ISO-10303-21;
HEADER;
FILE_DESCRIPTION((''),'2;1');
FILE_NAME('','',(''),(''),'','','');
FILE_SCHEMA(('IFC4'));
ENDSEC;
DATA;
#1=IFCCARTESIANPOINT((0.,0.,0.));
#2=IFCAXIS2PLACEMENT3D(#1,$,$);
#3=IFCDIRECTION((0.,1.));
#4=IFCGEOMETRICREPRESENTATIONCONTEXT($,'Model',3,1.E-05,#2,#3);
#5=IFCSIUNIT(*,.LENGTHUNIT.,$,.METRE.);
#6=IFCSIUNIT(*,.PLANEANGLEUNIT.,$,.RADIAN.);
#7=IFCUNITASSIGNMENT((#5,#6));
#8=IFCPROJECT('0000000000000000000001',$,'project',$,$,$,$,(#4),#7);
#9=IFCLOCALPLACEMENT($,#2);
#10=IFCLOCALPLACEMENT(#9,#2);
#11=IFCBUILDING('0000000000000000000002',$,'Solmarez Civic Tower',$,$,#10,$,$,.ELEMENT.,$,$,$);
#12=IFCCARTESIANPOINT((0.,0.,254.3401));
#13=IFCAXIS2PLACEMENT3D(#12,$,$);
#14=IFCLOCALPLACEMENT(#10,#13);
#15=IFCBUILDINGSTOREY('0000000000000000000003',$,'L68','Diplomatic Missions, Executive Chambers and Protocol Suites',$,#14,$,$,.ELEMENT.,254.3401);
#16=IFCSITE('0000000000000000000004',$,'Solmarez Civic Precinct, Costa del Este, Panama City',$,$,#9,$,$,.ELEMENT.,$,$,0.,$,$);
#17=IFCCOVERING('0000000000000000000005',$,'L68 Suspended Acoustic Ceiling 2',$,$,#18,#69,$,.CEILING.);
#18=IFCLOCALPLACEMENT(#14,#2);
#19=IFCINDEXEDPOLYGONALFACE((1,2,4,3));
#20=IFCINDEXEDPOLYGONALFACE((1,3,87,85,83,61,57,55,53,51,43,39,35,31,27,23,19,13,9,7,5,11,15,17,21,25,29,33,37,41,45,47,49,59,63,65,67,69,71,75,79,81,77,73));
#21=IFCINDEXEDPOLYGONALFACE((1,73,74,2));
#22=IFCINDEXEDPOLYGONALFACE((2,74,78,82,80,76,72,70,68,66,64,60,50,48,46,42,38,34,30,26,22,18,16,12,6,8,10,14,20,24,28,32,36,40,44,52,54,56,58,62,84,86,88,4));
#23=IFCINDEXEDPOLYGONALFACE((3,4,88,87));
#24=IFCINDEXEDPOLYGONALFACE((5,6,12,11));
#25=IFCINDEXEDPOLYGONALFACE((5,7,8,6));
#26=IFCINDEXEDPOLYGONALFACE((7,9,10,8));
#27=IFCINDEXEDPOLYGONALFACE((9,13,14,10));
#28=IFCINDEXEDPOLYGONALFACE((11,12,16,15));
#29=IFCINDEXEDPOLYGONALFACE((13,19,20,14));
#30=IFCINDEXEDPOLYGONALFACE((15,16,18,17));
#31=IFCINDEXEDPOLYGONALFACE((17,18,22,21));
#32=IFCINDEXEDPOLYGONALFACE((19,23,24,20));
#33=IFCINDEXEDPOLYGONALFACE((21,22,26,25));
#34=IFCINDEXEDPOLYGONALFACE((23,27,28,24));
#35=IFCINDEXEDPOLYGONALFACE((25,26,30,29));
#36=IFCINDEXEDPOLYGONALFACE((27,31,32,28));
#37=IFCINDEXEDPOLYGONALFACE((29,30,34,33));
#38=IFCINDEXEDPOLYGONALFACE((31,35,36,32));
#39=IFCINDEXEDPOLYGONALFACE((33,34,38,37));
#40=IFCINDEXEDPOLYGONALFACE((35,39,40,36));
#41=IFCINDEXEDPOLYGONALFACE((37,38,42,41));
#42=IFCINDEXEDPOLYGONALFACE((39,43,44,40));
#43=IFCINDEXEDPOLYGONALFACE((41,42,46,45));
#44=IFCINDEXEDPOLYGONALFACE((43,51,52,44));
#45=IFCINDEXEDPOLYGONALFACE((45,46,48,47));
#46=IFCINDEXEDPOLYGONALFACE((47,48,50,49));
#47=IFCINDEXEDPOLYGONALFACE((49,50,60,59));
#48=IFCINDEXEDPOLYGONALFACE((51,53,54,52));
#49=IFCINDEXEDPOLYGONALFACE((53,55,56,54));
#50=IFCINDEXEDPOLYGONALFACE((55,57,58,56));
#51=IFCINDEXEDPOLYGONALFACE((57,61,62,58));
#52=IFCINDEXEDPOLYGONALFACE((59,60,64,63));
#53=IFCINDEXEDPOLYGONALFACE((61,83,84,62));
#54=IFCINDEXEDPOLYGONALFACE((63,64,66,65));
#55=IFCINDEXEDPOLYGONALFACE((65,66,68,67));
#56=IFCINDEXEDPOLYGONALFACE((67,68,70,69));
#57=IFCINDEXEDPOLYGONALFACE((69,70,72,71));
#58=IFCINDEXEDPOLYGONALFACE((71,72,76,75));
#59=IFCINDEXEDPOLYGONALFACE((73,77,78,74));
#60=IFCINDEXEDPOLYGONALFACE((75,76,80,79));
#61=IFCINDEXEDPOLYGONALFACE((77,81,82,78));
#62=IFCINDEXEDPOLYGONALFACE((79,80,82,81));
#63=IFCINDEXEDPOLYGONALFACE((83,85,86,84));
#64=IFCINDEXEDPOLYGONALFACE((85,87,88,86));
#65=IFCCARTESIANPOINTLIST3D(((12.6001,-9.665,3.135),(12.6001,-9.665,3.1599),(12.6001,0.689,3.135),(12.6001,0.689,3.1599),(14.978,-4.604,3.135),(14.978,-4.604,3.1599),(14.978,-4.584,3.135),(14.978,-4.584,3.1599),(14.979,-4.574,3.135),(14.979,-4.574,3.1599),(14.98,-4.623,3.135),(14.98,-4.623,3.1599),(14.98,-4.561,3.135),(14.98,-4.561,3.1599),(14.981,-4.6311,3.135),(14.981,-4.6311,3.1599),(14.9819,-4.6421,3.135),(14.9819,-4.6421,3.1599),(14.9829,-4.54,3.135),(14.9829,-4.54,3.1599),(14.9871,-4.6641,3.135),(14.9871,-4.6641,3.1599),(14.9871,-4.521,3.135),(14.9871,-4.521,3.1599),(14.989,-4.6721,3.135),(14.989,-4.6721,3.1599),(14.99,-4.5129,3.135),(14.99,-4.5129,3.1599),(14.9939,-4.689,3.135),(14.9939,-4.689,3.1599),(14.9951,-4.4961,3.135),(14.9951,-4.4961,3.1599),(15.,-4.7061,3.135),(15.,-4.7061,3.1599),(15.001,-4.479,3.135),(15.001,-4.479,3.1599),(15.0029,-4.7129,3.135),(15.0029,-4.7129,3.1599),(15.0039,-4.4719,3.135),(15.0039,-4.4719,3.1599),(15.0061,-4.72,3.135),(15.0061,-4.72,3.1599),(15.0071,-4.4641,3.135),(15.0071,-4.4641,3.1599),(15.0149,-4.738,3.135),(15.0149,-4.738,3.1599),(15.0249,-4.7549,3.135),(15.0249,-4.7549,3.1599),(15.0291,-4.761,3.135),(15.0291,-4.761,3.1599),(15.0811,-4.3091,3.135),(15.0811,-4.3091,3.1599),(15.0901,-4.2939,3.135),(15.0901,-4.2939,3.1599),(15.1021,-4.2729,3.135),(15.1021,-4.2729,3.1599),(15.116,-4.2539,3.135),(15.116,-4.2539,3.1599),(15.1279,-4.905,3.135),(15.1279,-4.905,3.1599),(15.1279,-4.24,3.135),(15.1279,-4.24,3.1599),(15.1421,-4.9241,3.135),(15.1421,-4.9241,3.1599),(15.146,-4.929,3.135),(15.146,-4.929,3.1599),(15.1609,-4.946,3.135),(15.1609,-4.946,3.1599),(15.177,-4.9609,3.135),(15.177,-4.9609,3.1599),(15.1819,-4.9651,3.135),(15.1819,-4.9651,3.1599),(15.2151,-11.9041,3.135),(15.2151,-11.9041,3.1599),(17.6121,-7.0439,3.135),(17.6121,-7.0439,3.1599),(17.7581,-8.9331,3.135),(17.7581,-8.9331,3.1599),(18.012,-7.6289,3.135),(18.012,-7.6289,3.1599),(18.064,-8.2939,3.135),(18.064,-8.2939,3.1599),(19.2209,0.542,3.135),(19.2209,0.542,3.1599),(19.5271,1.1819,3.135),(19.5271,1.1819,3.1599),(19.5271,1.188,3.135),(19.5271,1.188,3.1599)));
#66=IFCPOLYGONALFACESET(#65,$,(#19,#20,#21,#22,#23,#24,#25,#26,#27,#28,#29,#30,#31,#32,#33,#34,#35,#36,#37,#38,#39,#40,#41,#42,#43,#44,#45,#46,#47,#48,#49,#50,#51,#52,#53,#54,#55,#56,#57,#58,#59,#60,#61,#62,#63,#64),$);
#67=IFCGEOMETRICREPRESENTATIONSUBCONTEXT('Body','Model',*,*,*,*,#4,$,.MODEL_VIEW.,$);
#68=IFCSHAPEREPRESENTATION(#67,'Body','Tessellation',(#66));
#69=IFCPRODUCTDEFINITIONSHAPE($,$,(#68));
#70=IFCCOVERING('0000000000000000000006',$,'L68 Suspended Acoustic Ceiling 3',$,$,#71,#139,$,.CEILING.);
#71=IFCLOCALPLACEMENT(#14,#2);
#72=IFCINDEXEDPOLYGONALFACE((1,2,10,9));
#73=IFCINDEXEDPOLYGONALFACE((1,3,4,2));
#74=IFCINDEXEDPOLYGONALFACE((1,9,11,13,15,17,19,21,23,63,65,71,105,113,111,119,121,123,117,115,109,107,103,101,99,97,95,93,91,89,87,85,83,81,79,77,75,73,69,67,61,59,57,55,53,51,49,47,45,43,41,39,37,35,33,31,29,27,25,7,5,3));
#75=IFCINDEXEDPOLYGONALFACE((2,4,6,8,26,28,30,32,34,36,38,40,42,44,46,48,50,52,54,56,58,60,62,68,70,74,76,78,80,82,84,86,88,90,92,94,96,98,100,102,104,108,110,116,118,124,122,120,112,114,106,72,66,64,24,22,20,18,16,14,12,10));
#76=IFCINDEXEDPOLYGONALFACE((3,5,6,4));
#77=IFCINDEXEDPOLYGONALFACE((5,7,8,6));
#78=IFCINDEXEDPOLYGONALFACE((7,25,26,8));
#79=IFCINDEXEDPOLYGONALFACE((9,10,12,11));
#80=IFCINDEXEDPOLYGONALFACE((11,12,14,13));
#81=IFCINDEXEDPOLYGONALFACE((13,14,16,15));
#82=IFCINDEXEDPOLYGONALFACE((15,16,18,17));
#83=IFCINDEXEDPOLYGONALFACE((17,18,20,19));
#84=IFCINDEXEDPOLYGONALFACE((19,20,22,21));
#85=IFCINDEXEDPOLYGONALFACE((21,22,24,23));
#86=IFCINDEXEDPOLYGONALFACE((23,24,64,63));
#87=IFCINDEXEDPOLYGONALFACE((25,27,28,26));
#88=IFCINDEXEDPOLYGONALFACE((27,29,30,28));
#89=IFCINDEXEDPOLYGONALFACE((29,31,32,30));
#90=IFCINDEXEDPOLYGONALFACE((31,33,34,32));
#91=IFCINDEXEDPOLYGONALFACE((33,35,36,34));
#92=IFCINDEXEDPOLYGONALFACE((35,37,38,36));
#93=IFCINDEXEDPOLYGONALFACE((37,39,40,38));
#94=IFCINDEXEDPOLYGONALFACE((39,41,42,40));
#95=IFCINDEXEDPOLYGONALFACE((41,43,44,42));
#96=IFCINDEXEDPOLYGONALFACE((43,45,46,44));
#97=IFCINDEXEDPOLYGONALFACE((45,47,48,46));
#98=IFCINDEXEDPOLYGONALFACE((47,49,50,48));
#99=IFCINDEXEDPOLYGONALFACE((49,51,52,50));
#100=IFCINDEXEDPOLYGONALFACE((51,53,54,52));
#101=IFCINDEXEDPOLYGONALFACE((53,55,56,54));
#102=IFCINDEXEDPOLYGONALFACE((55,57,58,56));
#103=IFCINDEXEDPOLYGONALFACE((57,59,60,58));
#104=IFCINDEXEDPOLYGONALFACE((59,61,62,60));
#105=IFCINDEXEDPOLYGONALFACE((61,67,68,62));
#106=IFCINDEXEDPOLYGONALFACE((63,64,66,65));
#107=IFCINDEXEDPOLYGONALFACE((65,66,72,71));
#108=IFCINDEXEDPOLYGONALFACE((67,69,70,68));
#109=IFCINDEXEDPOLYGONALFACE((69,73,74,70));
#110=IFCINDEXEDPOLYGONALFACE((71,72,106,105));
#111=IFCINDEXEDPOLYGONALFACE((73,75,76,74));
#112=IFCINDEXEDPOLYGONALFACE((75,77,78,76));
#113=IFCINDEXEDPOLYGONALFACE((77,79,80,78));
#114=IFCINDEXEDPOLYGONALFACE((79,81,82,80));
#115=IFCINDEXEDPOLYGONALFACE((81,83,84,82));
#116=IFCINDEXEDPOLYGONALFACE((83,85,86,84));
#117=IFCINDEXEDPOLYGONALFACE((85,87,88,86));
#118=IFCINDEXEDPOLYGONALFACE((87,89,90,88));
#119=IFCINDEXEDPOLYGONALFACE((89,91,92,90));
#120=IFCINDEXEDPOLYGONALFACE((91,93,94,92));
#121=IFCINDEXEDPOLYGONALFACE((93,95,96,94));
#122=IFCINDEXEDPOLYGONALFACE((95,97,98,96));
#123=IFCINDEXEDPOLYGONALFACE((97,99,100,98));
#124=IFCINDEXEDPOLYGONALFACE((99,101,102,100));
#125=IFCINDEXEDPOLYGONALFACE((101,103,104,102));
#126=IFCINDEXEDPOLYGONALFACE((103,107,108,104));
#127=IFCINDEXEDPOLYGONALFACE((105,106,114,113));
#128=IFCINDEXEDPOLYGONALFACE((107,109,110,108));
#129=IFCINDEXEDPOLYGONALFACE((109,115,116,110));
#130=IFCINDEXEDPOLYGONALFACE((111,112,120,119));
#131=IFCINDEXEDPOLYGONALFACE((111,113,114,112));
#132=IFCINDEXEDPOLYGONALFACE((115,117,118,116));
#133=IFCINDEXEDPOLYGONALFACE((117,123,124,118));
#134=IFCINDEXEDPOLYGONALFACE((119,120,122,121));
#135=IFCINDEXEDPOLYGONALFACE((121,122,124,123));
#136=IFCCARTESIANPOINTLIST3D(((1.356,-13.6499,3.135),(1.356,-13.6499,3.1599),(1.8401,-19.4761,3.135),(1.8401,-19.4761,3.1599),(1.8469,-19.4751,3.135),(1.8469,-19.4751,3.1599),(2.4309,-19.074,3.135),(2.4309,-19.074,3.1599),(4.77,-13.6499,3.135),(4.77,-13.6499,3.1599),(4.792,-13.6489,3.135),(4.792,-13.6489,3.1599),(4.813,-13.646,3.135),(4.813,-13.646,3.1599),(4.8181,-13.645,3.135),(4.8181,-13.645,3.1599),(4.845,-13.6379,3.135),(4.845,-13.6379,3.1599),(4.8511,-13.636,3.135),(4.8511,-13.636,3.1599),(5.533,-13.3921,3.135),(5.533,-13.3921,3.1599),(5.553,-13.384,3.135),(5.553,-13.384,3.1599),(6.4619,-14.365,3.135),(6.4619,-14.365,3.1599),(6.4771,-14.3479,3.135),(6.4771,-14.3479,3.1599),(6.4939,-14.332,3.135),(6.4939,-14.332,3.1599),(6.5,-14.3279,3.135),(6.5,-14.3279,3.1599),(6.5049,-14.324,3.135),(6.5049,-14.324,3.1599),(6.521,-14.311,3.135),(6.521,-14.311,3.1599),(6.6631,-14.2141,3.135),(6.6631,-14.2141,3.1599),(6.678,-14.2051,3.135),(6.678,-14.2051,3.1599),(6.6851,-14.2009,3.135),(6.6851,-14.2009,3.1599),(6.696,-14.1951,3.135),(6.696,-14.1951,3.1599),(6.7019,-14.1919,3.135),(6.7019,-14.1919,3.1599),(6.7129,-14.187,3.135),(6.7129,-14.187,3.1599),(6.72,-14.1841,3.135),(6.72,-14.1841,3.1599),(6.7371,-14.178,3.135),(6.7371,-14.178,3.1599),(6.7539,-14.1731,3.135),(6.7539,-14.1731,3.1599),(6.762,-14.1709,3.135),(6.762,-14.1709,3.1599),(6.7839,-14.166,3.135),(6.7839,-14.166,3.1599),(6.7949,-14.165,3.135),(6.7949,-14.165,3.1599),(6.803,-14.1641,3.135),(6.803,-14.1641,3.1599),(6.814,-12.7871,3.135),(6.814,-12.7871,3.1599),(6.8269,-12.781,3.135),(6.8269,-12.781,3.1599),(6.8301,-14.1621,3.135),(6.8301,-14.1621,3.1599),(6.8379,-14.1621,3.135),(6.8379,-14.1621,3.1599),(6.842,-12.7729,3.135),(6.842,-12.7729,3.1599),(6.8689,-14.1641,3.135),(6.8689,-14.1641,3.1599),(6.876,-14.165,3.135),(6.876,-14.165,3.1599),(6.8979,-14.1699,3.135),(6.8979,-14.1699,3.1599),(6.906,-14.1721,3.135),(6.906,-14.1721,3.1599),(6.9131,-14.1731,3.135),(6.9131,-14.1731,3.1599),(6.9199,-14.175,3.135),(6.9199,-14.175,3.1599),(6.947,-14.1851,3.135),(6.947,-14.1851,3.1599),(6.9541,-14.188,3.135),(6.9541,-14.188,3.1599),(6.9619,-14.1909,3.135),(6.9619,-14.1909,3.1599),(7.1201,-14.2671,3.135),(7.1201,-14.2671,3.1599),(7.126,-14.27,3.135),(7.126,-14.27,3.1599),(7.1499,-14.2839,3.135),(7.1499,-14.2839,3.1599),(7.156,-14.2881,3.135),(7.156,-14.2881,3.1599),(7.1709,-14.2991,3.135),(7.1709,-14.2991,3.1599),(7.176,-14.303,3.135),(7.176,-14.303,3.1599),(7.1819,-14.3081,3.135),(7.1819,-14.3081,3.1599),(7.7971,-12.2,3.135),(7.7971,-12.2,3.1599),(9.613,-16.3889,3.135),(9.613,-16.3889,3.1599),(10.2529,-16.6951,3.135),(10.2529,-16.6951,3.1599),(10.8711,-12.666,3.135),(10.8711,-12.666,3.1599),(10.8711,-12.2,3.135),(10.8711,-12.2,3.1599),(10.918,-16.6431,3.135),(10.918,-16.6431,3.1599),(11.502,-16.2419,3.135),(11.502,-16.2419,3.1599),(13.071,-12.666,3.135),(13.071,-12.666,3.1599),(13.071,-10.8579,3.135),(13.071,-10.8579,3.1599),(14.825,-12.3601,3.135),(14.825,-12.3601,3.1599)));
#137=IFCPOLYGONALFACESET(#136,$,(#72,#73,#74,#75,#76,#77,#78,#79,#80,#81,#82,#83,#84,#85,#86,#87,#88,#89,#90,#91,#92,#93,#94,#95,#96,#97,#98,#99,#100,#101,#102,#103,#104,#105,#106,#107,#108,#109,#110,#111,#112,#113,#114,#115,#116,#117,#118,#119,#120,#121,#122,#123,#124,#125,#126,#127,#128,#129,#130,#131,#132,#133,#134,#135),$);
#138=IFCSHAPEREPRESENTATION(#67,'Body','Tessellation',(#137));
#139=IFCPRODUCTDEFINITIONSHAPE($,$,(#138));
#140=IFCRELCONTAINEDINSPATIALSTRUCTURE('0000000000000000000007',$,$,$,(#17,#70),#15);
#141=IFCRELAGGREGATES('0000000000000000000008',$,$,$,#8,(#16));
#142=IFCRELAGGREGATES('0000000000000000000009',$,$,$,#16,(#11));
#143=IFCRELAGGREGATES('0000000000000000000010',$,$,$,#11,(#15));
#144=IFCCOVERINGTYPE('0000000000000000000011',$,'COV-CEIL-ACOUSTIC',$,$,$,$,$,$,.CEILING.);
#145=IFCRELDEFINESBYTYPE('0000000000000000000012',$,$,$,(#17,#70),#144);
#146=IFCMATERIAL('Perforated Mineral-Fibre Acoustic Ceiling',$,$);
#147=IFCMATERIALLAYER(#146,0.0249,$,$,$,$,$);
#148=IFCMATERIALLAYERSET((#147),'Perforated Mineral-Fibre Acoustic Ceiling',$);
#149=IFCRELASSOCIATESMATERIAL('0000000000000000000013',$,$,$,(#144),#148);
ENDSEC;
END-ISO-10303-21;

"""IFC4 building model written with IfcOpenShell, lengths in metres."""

from ifc_helpers import new_model, si_unit, direction, frame, origin, place, context, subcontext, project, spatial, polyline, outline, extrude, material, layer, layer_set, type_object, element, save


model = new_model("IFC4")

# Units and contexts
model_context = context("Model", 3, precision=1e-05, world=origin(), true_north=direction((0.0, 1.0)))
body_context = subcontext(model_context, "Body", "Model", "MODEL_VIEW")
ifc_project = project(units=[si_unit("LENGTHUNIT", "METRE"), si_unit("PLANEANGLEUNIT", "RADIAN")], contexts=[model_context])

# Site, building, storey
site_placement = place(None, origin())
site = spatial("IfcSite", under=ifc_project, at=site_placement, Name="Solmarez Civic Precinct, Costa del Este, Panama City", CompositionType="ELEMENT", RefElevation=0.0)
building_placement = place(site_placement, origin())
building = spatial("IfcBuilding", under=site, at=building_placement, Name="Solmarez Civic Tower", CompositionType="ELEMENT")
storey_placement = place(building_placement, frame((0.0, 0.0, 254.3401)))
storey = spatial("IfcBuildingStorey", under=building, at=storey_placement, Name="L68", Description="Diplomatic Missions, Executive Chambers and Protocol Suites", CompositionType="ELEMENT", Elevation=254.3401)

# Coverings
ifc_material_1 = material(Name="Perforated Mineral-Fibre Acoustic Ceiling")
ifc_layer_1 = layer(ifc_material_1, 0.0249)
ifc_layer_set_1 = layer_set([ifc_layer_1], Name="Perforated Mineral-Fibre Acoustic Ceiling")
covering_type_1 = type_object("IfcCoveringType", Name="COV-CEIL-ACOUSTIC", PredefinedType="CEILING", material=ifc_layer_set_1)
covering_1_placement = place(storey_placement, frame((0.0, 0.0, 3.135)))
element("IfcCovering", 1, at=covering_1_placement, inside=storey, type_object=covering_type_1, Name="L68 Suspended Acoustic Ceiling 2", PredefinedType="CEILING", context=body_context, shape_type="SweptSolid", body=[
    extrude(outline(polyline([(12.6001, 0.689), (12.6001, -9.665), (15.2151, -11.9041), (17.7581, -8.9331), (18.064, -8.2939), (18.012, -7.6289), (17.6121, -7.0439), (15.1819, -4.9651), (15.177, -4.9609), (15.1609, -4.946), (15.146, -4.929), (15.1421, -4.9241), (15.1279, -4.905), (15.0291, -4.761), (15.0249, -4.7549), (15.0149, -4.738), (15.0061, -4.72), (15.0029, -4.7129), (15.0, -4.7061), (14.9939, -4.689), (14.989, -4.6721), (14.9871, -4.6641), (14.9819, -4.6421), (14.981, -4.6311), (14.98, -4.623), (14.978, -4.604), (14.978, -4.584), (14.979, -4.574), (14.98, -4.561), (14.9829, -4.54), (14.9871, -4.521), (14.99, -4.5129), (14.9951, -4.4961), (15.001, -4.479), (15.0039, -4.4719), (15.0071, -4.4641), (15.0811, -4.3091), (15.0901, -4.2939), (15.1021, -4.2729), (15.116, -4.2539), (15.1279, -4.24), (19.2209, 0.542), (19.5271, 1.1819), (19.5271, 1.188), (12.6001, 0.689)])), origin(), (0.0, 0.0, 1.0), 0.0249),
])
covering_2_placement = place(storey_placement, frame((0.0, 0.0, 3.135)))
element("IfcCovering", 2, at=covering_2_placement, inside=storey, type_object=covering_type_1, Name="L68 Suspended Acoustic Ceiling 3", PredefinedType="CEILING", context=body_context, shape_type="SweptSolid", body=[
    extrude(outline(polyline([(6.5, -14.3279), (6.5049, -14.324), (6.521, -14.311), (6.6631, -14.2141), (6.678, -14.2051), (6.6851, -14.2009), (6.696, -14.1951), (6.7019, -14.1919), (6.7129, -14.187), (6.72, -14.1841), (6.7371, -14.178), (6.7539, -14.1731), (6.762, -14.1709), (6.7839, -14.166), (6.7949, -14.165), (6.803, -14.1641), (6.8301, -14.1621), (6.8379, -14.1621), (6.8689, -14.1641), (6.876, -14.165), (6.8979, -14.1699), (6.906, -14.1721), (6.9131, -14.1731), (6.9199, -14.175), (6.947, -14.1851), (6.9541, -14.188), (6.9619, -14.1909), (7.1201, -14.2671), (7.126, -14.27), (7.1499, -14.2839), (7.156, -14.2881), (7.1709, -14.2991), (7.176, -14.303), (7.1819, -14.3081), (9.613, -16.3889), (10.2529, -16.6951), (10.918, -16.6431), (11.502, -16.2419), (14.825, -12.3601), (13.071, -10.8579), (13.071, -12.666), (10.8711, -12.666), (10.8711, -12.2), (7.7971, -12.2), (6.842, -12.7729), (6.8269, -12.781), (6.814, -12.7871), (5.553, -13.384), (5.533, -13.3921), (4.8511, -13.636), (4.845, -13.6379), (4.8181, -13.645), (4.813, -13.646), (4.792, -13.6489), (4.77, -13.6499), (1.356, -13.6499), (1.8401, -19.4761), (1.8469, -19.4751), (2.4309, -19.074), (6.4619, -14.365), (6.4771, -14.3479), (6.4939, -14.332), (6.5, -14.3279)])), origin(), (0.0, 0.0, 1.0), 0.0249),
])

save(model, "model.ifc")
